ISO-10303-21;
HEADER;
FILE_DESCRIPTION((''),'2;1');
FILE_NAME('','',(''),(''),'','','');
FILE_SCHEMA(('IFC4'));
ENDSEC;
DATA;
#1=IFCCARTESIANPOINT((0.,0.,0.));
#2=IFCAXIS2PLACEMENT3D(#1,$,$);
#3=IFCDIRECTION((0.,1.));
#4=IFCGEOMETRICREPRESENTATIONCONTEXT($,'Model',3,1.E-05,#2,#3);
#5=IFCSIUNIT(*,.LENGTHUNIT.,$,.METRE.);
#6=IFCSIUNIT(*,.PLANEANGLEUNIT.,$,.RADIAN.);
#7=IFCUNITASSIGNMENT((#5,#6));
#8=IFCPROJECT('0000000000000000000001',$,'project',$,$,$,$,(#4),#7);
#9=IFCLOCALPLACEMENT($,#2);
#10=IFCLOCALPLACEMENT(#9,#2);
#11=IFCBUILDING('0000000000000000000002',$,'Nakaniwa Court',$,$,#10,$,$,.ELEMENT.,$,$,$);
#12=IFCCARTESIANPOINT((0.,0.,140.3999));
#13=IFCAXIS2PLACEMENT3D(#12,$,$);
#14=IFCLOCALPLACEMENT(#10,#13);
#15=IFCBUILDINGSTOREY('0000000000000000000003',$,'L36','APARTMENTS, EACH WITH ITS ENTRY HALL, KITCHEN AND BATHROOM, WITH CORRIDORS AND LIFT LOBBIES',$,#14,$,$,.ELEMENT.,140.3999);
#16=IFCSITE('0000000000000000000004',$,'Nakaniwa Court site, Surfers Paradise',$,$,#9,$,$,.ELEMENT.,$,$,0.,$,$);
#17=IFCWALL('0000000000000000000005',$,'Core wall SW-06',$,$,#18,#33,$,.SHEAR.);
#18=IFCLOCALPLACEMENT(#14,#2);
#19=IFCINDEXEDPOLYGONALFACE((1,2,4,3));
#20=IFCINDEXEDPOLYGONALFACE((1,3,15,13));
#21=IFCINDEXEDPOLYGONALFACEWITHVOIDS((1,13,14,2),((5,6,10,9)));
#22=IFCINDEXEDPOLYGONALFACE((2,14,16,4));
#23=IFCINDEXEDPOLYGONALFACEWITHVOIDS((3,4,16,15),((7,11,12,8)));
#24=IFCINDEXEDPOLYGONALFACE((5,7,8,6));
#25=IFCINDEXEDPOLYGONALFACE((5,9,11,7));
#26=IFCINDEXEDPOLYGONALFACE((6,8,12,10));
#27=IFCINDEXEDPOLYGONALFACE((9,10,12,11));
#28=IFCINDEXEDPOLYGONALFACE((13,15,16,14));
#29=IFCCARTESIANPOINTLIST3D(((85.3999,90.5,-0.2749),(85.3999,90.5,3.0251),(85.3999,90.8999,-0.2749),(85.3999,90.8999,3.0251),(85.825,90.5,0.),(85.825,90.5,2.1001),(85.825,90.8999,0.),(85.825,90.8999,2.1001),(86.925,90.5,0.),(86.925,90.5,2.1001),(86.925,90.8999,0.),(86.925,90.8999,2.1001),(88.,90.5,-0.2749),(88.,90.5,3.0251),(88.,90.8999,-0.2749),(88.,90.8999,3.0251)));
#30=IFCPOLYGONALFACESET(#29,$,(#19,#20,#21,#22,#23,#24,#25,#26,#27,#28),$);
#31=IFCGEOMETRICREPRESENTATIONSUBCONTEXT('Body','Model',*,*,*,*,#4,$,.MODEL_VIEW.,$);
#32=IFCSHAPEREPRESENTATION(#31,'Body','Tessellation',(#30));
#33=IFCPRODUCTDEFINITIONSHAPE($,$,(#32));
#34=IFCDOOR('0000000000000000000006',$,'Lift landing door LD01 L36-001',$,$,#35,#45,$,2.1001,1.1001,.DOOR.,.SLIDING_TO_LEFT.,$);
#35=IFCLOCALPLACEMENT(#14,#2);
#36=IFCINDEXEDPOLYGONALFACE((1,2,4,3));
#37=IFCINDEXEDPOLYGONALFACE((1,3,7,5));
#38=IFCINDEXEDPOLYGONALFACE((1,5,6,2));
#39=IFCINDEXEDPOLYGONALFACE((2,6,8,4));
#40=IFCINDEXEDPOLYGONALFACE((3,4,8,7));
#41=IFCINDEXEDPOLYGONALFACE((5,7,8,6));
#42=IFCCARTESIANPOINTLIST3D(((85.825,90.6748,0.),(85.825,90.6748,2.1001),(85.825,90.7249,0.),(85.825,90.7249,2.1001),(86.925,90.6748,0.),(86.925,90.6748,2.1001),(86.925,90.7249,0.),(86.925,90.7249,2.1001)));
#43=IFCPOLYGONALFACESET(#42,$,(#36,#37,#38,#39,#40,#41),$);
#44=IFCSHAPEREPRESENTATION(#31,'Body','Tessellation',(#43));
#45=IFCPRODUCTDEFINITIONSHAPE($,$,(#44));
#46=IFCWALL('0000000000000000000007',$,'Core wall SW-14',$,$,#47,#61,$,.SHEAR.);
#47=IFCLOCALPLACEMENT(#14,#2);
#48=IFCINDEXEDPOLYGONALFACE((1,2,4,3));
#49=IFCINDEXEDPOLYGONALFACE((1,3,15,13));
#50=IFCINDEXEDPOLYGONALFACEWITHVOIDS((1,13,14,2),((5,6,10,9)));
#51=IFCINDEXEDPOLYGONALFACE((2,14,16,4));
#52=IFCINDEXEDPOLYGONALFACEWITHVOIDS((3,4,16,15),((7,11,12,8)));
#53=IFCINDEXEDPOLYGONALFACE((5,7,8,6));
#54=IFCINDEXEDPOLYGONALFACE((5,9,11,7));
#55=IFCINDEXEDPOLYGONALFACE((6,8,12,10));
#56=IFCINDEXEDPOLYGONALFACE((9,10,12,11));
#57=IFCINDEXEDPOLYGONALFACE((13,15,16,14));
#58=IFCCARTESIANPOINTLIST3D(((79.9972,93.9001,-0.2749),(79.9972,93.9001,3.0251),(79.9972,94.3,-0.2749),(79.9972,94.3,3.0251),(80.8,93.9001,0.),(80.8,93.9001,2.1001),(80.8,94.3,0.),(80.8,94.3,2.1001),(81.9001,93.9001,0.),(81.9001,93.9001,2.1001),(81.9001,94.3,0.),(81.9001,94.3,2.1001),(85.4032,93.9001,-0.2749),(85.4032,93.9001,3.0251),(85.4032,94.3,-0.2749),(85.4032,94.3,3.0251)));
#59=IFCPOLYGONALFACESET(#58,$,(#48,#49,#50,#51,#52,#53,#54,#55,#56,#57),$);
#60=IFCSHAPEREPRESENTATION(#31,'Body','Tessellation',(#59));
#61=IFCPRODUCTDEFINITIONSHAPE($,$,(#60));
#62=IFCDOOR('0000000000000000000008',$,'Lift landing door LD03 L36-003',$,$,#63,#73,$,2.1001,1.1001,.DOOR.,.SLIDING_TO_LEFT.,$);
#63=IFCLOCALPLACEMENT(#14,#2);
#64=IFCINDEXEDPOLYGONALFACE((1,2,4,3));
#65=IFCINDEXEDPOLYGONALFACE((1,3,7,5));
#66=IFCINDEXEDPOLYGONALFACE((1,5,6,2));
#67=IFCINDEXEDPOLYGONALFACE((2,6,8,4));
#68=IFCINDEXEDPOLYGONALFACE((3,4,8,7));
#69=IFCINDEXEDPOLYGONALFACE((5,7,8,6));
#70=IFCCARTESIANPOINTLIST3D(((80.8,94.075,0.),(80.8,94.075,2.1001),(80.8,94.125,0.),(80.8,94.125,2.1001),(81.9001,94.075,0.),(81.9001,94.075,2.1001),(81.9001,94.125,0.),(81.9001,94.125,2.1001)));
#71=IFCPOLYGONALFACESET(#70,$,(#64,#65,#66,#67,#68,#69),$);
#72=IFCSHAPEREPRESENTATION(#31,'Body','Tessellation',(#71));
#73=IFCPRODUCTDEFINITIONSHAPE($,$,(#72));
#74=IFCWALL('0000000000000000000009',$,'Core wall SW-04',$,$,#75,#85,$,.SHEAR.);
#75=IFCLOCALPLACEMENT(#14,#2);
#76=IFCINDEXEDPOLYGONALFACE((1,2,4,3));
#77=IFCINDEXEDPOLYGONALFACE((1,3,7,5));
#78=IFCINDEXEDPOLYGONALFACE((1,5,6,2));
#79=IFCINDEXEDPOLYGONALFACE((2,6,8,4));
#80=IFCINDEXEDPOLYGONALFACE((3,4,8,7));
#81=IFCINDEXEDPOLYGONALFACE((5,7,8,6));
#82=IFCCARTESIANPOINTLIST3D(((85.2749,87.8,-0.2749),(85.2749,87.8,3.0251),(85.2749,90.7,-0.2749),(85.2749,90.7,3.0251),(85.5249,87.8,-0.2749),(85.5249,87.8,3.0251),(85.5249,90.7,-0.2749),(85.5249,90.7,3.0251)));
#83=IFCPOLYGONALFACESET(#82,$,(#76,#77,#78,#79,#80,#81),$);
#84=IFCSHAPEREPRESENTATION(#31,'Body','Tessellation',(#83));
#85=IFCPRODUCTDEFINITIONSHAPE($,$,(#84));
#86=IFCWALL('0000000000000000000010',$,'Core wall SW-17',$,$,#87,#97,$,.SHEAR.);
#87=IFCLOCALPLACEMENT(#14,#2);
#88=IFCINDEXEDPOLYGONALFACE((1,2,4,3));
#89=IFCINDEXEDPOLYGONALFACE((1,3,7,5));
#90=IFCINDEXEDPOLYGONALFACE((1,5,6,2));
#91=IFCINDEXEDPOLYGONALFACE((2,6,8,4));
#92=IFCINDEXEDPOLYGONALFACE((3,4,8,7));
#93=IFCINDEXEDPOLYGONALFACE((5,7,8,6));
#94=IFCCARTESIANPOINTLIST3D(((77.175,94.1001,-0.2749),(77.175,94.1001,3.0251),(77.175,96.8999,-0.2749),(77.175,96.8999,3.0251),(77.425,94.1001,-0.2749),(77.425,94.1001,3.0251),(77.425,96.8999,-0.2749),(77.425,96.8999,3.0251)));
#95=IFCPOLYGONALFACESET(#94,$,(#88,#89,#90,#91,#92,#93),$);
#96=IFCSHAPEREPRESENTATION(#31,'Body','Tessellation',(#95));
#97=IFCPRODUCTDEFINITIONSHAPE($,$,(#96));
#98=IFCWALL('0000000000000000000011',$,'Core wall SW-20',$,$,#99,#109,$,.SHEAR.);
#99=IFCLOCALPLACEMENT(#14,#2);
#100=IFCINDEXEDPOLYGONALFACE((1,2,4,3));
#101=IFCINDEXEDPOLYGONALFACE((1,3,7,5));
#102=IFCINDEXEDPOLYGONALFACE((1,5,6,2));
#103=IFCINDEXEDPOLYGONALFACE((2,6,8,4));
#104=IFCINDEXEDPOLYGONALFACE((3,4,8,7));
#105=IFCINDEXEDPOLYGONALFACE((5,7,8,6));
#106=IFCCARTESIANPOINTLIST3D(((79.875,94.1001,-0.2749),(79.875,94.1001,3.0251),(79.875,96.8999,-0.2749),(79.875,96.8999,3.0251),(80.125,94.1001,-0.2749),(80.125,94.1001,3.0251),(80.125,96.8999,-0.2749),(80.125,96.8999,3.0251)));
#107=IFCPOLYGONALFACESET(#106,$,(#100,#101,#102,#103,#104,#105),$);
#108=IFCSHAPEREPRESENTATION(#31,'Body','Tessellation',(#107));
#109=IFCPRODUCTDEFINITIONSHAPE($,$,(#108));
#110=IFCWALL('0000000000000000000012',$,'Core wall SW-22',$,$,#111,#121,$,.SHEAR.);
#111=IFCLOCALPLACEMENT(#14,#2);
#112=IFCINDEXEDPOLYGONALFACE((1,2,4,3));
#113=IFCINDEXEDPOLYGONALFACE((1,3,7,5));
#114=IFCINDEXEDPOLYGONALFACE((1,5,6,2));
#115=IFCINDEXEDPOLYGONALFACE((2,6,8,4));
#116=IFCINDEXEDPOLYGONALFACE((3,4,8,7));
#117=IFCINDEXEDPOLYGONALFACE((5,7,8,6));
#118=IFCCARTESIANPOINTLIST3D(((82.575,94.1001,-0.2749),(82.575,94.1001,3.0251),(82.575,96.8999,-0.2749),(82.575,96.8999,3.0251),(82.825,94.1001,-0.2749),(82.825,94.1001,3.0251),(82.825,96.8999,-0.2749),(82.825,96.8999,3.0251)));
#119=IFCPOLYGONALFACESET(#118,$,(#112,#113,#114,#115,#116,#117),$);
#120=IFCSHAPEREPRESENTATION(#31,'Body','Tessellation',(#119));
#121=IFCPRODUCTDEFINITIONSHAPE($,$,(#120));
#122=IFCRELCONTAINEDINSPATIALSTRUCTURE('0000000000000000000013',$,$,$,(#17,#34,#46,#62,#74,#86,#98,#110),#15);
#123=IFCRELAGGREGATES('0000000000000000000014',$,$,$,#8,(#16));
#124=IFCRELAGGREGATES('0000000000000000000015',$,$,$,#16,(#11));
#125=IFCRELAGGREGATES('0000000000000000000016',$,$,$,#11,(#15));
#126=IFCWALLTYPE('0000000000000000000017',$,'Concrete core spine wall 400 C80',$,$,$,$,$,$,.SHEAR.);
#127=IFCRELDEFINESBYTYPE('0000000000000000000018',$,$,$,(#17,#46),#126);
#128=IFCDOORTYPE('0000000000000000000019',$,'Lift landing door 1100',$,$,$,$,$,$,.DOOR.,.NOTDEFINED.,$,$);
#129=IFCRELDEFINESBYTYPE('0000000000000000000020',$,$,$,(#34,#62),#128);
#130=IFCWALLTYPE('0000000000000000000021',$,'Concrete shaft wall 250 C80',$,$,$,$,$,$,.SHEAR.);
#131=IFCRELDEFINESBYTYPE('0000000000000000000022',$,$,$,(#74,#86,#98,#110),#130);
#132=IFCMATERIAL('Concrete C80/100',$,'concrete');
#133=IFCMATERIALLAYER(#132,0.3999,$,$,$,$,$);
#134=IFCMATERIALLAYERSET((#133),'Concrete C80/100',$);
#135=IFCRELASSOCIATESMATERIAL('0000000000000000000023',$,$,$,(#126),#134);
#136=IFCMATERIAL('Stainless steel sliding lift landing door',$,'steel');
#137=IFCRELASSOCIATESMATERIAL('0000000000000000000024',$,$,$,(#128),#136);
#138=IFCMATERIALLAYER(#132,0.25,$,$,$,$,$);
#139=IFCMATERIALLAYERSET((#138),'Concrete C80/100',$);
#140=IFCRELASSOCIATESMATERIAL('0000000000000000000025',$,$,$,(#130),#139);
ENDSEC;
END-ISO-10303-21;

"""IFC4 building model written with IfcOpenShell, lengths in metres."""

from ifc_helpers import new_model, si_unit, direction, frame, frame_2d, origin, place, context, subcontext, project, spatial, rectangle, extrude, material, layer, layer_set, type_object, element, fill, save


model = new_model("IFC4")

# Units and contexts
model_context = context("Model", 3, precision=1e-05, world=origin(), true_north=direction((0.0, 1.0)))
body_context = subcontext(model_context, "Body", "Model", "MODEL_VIEW")
ifc_project = project(units=[si_unit("LENGTHUNIT", "METRE"), si_unit("PLANEANGLEUNIT", "RADIAN")], contexts=[model_context])

# Site, building, storey
site_placement = place(None, origin())
site = spatial("IfcSite", under=ifc_project, at=site_placement, Name="Nakaniwa Court site, Surfers Paradise", CompositionType="ELEMENT", RefElevation=0.0)
building_placement = place(site_placement, origin())
building = spatial("IfcBuilding", under=site, at=building_placement, Name="Nakaniwa Court", CompositionType="ELEMENT")
storey_placement = place(building_placement, frame((0.0, 0.0, 140.3999)))
storey = spatial("IfcBuildingStorey", under=building, at=storey_placement, Name="L36", Description="APARTMENTS, EACH WITH ITS ENTRY HALL, KITCHEN AND BATHROOM, WITH CORRIDORS AND LIFT LOBBIES", CompositionType="ELEMENT", Elevation=140.3999)

# Walls, openings, doors
ifc_material_1 = material(Name="Concrete C80/100", Category="concrete")
ifc_layer_1 = layer(ifc_material_1, 0.3999)
ifc_layer_set_1 = layer_set([ifc_layer_1], Name="Concrete C80/100")
wall_type_1 = type_object("IfcWallType", Name="Concrete core spine wall 400 C80", PredefinedType="SHEAR", material=ifc_layer_set_1)
wall_1_placement = place(storey_placement, frame((85.3999, 90.7, -0.2749), z_axis=(0.0, 0.0, 1.0), x_axis=(1.0, 0.0, 0.0)))
wall_1 = element("IfcWall", 1, at=wall_1_placement, inside=storey, type_object=wall_type_1, Name="Core wall SW-06", PredefinedType="SHEAR", context=body_context, shape_type="SweptSolid", body=[
    extrude(rectangle(XDim=2.6001, YDim=0.3999, at=frame_2d((1.3, 0.0))), origin(), (0.0, 0.0, 1.0), 3.3),
])
opening_1_placement = place(wall_1_placement, frame((0.425, 0.0, 0.2749)))
opening_1 = element("IfcOpeningElement", 2, at=opening_1_placement, cuts=wall_1, PredefinedType="OPENING", context=body_context, shape_type="SweptSolid", body=[
    extrude(rectangle(XDim=1.1001, YDim=2.1001, at=frame_2d((0.55, 1.05))), frame((0.0, 0.21, 0.0), z_axis=(0.0, -1.0, 0.0), x_axis=(1.0, 0.0, 0.0)), (0.0, 0.0, 1.0), 0.4199),
])
ifc_material_2 = material(Name="Stainless steel sliding lift landing door", Category="steel")
door_type_1 = type_object("IfcDoorType", Name="Lift landing door 1100", OperationType="NOTDEFINED", PredefinedType="DOOR", material=ifc_material_2)
door_1_placement = place(opening_1_placement, origin())
door_1 = element("IfcDoor", 3, at=door_1_placement, inside=storey, type_object=door_type_1, Name="Lift landing door LD01 L36-001", OperationType="SLIDING_TO_LEFT", OverallHeight=2.1001, OverallWidth=1.1001, PredefinedType="DOOR", context=body_context, shape_type="SweptSolid", body=[
    extrude(rectangle(XDim=1.1001, YDim=2.1001, at=frame_2d((0.55, 1.05))), frame((0.0, 0.0249, 0.0), z_axis=(0.0, -1.0, 0.0), x_axis=(1.0, 0.0, 0.0)), (0.0, 0.0, 1.0), 0.05),
])
fill(opening_1, door_1)
wall_2_placement = place(storey_placement, frame((79.9971, 94.1001, -0.2749), z_axis=(0.0, 0.0, 1.0), x_axis=(1.0, 0.0, 0.0)))
wall_2 = element("IfcWall", 4, at=wall_2_placement, inside=storey, type_object=wall_type_1, Name="Core wall SW-14", PredefinedType="SHEAR", context=body_context, shape_type="SweptSolid", body=[
    extrude(rectangle(XDim=5.406, YDim=0.3999, at=frame_2d((2.7031, 0.0))), origin(), (0.0, 0.0, 1.0), 3.3),
])
opening_2_placement = place(wall_2_placement, frame((0.803, 0.0, 0.2749)))
opening_2 = element("IfcOpeningElement", 5, at=opening_2_placement, cuts=wall_2, PredefinedType="OPENING", context=body_context, shape_type="SweptSolid", body=[
    extrude(rectangle(XDim=1.1001, YDim=2.1001, at=frame_2d((0.55, 1.05))), frame((0.0, 0.21, 0.0), z_axis=(0.0, -1.0, 0.0), x_axis=(1.0, 0.0, 0.0)), (0.0, 0.0, 1.0), 0.4199),
])
door_2_placement = place(opening_2_placement, origin())
door_2 = element("IfcDoor", 6, at=door_2_placement, inside=storey, type_object=door_type_1, Name="Lift landing door LD03 L36-003", OperationType="SLIDING_TO_LEFT", OverallHeight=2.1001, OverallWidth=1.1001, PredefinedType="DOOR", context=body_context, shape_type="SweptSolid", body=[
    extrude(rectangle(XDim=1.1001, YDim=2.1001, at=frame_2d((0.55, 1.05))), frame((0.0, 0.0249, 0.0), z_axis=(0.0, -1.0, 0.0), x_axis=(1.0, 0.0, 0.0)), (0.0, 0.0, 1.0), 0.05),
])
fill(opening_2, door_2)

# Walls
ifc_layer_2 = layer(ifc_material_1, 0.25)
ifc_layer_set_2 = layer_set([ifc_layer_2], Name="Concrete C80/100")
wall_type_2 = type_object("IfcWallType", Name="Concrete shaft wall 250 C80", PredefinedType="SHEAR", material=ifc_layer_set_2)
wall_3_placement = place(storey_placement, frame((85.3999, 87.8, -0.2749), z_axis=(0.0, 0.0, 1.0), x_axis=(0.0, 1.0, 0.0)))
element("IfcWall", 7, at=wall_3_placement, inside=storey, type_object=wall_type_2, Name="Core wall SW-04", PredefinedType="SHEAR", context=body_context, shape_type="SweptSolid", body=[
    extrude(rectangle(XDim=2.8999, YDim=0.25, at=frame_2d((1.45, 0.0))), origin(), (0.0, 0.0, 1.0), 3.3),
])
for number, where, z_axis, x_axis, name in (
    (8, (77.3, 94.1001, -0.2749), (0.0, 0.0, 1.0), (0.0, 1.0, 0.0), "Core wall SW-17"),
    (9, (80.0, 94.1001, -0.2749), (0.0, 0.0, 1.0), (0.0, 1.0, 0.0), "Core wall SW-20"),
    (10, (82.7, 94.1001, -0.2749), (0.0, 0.0, 1.0), (0.0, 1.0, 0.0), "Core wall SW-22"),
):
    element("IfcWall", number, at=place(storey_placement, frame(where, z_axis=z_axis, x_axis=x_axis)), inside=storey, type_object=wall_type_2, Name=name, PredefinedType="SHEAR", context=body_context, shape_type="SweptSolid", body=[
        extrude(rectangle(XDim=2.7998, YDim=0.25, at=frame_2d((1.3999, 0.0))), origin(), (0.0, 0.0, 1.0), 3.3),
    ])

save(model, "model.ifc")
